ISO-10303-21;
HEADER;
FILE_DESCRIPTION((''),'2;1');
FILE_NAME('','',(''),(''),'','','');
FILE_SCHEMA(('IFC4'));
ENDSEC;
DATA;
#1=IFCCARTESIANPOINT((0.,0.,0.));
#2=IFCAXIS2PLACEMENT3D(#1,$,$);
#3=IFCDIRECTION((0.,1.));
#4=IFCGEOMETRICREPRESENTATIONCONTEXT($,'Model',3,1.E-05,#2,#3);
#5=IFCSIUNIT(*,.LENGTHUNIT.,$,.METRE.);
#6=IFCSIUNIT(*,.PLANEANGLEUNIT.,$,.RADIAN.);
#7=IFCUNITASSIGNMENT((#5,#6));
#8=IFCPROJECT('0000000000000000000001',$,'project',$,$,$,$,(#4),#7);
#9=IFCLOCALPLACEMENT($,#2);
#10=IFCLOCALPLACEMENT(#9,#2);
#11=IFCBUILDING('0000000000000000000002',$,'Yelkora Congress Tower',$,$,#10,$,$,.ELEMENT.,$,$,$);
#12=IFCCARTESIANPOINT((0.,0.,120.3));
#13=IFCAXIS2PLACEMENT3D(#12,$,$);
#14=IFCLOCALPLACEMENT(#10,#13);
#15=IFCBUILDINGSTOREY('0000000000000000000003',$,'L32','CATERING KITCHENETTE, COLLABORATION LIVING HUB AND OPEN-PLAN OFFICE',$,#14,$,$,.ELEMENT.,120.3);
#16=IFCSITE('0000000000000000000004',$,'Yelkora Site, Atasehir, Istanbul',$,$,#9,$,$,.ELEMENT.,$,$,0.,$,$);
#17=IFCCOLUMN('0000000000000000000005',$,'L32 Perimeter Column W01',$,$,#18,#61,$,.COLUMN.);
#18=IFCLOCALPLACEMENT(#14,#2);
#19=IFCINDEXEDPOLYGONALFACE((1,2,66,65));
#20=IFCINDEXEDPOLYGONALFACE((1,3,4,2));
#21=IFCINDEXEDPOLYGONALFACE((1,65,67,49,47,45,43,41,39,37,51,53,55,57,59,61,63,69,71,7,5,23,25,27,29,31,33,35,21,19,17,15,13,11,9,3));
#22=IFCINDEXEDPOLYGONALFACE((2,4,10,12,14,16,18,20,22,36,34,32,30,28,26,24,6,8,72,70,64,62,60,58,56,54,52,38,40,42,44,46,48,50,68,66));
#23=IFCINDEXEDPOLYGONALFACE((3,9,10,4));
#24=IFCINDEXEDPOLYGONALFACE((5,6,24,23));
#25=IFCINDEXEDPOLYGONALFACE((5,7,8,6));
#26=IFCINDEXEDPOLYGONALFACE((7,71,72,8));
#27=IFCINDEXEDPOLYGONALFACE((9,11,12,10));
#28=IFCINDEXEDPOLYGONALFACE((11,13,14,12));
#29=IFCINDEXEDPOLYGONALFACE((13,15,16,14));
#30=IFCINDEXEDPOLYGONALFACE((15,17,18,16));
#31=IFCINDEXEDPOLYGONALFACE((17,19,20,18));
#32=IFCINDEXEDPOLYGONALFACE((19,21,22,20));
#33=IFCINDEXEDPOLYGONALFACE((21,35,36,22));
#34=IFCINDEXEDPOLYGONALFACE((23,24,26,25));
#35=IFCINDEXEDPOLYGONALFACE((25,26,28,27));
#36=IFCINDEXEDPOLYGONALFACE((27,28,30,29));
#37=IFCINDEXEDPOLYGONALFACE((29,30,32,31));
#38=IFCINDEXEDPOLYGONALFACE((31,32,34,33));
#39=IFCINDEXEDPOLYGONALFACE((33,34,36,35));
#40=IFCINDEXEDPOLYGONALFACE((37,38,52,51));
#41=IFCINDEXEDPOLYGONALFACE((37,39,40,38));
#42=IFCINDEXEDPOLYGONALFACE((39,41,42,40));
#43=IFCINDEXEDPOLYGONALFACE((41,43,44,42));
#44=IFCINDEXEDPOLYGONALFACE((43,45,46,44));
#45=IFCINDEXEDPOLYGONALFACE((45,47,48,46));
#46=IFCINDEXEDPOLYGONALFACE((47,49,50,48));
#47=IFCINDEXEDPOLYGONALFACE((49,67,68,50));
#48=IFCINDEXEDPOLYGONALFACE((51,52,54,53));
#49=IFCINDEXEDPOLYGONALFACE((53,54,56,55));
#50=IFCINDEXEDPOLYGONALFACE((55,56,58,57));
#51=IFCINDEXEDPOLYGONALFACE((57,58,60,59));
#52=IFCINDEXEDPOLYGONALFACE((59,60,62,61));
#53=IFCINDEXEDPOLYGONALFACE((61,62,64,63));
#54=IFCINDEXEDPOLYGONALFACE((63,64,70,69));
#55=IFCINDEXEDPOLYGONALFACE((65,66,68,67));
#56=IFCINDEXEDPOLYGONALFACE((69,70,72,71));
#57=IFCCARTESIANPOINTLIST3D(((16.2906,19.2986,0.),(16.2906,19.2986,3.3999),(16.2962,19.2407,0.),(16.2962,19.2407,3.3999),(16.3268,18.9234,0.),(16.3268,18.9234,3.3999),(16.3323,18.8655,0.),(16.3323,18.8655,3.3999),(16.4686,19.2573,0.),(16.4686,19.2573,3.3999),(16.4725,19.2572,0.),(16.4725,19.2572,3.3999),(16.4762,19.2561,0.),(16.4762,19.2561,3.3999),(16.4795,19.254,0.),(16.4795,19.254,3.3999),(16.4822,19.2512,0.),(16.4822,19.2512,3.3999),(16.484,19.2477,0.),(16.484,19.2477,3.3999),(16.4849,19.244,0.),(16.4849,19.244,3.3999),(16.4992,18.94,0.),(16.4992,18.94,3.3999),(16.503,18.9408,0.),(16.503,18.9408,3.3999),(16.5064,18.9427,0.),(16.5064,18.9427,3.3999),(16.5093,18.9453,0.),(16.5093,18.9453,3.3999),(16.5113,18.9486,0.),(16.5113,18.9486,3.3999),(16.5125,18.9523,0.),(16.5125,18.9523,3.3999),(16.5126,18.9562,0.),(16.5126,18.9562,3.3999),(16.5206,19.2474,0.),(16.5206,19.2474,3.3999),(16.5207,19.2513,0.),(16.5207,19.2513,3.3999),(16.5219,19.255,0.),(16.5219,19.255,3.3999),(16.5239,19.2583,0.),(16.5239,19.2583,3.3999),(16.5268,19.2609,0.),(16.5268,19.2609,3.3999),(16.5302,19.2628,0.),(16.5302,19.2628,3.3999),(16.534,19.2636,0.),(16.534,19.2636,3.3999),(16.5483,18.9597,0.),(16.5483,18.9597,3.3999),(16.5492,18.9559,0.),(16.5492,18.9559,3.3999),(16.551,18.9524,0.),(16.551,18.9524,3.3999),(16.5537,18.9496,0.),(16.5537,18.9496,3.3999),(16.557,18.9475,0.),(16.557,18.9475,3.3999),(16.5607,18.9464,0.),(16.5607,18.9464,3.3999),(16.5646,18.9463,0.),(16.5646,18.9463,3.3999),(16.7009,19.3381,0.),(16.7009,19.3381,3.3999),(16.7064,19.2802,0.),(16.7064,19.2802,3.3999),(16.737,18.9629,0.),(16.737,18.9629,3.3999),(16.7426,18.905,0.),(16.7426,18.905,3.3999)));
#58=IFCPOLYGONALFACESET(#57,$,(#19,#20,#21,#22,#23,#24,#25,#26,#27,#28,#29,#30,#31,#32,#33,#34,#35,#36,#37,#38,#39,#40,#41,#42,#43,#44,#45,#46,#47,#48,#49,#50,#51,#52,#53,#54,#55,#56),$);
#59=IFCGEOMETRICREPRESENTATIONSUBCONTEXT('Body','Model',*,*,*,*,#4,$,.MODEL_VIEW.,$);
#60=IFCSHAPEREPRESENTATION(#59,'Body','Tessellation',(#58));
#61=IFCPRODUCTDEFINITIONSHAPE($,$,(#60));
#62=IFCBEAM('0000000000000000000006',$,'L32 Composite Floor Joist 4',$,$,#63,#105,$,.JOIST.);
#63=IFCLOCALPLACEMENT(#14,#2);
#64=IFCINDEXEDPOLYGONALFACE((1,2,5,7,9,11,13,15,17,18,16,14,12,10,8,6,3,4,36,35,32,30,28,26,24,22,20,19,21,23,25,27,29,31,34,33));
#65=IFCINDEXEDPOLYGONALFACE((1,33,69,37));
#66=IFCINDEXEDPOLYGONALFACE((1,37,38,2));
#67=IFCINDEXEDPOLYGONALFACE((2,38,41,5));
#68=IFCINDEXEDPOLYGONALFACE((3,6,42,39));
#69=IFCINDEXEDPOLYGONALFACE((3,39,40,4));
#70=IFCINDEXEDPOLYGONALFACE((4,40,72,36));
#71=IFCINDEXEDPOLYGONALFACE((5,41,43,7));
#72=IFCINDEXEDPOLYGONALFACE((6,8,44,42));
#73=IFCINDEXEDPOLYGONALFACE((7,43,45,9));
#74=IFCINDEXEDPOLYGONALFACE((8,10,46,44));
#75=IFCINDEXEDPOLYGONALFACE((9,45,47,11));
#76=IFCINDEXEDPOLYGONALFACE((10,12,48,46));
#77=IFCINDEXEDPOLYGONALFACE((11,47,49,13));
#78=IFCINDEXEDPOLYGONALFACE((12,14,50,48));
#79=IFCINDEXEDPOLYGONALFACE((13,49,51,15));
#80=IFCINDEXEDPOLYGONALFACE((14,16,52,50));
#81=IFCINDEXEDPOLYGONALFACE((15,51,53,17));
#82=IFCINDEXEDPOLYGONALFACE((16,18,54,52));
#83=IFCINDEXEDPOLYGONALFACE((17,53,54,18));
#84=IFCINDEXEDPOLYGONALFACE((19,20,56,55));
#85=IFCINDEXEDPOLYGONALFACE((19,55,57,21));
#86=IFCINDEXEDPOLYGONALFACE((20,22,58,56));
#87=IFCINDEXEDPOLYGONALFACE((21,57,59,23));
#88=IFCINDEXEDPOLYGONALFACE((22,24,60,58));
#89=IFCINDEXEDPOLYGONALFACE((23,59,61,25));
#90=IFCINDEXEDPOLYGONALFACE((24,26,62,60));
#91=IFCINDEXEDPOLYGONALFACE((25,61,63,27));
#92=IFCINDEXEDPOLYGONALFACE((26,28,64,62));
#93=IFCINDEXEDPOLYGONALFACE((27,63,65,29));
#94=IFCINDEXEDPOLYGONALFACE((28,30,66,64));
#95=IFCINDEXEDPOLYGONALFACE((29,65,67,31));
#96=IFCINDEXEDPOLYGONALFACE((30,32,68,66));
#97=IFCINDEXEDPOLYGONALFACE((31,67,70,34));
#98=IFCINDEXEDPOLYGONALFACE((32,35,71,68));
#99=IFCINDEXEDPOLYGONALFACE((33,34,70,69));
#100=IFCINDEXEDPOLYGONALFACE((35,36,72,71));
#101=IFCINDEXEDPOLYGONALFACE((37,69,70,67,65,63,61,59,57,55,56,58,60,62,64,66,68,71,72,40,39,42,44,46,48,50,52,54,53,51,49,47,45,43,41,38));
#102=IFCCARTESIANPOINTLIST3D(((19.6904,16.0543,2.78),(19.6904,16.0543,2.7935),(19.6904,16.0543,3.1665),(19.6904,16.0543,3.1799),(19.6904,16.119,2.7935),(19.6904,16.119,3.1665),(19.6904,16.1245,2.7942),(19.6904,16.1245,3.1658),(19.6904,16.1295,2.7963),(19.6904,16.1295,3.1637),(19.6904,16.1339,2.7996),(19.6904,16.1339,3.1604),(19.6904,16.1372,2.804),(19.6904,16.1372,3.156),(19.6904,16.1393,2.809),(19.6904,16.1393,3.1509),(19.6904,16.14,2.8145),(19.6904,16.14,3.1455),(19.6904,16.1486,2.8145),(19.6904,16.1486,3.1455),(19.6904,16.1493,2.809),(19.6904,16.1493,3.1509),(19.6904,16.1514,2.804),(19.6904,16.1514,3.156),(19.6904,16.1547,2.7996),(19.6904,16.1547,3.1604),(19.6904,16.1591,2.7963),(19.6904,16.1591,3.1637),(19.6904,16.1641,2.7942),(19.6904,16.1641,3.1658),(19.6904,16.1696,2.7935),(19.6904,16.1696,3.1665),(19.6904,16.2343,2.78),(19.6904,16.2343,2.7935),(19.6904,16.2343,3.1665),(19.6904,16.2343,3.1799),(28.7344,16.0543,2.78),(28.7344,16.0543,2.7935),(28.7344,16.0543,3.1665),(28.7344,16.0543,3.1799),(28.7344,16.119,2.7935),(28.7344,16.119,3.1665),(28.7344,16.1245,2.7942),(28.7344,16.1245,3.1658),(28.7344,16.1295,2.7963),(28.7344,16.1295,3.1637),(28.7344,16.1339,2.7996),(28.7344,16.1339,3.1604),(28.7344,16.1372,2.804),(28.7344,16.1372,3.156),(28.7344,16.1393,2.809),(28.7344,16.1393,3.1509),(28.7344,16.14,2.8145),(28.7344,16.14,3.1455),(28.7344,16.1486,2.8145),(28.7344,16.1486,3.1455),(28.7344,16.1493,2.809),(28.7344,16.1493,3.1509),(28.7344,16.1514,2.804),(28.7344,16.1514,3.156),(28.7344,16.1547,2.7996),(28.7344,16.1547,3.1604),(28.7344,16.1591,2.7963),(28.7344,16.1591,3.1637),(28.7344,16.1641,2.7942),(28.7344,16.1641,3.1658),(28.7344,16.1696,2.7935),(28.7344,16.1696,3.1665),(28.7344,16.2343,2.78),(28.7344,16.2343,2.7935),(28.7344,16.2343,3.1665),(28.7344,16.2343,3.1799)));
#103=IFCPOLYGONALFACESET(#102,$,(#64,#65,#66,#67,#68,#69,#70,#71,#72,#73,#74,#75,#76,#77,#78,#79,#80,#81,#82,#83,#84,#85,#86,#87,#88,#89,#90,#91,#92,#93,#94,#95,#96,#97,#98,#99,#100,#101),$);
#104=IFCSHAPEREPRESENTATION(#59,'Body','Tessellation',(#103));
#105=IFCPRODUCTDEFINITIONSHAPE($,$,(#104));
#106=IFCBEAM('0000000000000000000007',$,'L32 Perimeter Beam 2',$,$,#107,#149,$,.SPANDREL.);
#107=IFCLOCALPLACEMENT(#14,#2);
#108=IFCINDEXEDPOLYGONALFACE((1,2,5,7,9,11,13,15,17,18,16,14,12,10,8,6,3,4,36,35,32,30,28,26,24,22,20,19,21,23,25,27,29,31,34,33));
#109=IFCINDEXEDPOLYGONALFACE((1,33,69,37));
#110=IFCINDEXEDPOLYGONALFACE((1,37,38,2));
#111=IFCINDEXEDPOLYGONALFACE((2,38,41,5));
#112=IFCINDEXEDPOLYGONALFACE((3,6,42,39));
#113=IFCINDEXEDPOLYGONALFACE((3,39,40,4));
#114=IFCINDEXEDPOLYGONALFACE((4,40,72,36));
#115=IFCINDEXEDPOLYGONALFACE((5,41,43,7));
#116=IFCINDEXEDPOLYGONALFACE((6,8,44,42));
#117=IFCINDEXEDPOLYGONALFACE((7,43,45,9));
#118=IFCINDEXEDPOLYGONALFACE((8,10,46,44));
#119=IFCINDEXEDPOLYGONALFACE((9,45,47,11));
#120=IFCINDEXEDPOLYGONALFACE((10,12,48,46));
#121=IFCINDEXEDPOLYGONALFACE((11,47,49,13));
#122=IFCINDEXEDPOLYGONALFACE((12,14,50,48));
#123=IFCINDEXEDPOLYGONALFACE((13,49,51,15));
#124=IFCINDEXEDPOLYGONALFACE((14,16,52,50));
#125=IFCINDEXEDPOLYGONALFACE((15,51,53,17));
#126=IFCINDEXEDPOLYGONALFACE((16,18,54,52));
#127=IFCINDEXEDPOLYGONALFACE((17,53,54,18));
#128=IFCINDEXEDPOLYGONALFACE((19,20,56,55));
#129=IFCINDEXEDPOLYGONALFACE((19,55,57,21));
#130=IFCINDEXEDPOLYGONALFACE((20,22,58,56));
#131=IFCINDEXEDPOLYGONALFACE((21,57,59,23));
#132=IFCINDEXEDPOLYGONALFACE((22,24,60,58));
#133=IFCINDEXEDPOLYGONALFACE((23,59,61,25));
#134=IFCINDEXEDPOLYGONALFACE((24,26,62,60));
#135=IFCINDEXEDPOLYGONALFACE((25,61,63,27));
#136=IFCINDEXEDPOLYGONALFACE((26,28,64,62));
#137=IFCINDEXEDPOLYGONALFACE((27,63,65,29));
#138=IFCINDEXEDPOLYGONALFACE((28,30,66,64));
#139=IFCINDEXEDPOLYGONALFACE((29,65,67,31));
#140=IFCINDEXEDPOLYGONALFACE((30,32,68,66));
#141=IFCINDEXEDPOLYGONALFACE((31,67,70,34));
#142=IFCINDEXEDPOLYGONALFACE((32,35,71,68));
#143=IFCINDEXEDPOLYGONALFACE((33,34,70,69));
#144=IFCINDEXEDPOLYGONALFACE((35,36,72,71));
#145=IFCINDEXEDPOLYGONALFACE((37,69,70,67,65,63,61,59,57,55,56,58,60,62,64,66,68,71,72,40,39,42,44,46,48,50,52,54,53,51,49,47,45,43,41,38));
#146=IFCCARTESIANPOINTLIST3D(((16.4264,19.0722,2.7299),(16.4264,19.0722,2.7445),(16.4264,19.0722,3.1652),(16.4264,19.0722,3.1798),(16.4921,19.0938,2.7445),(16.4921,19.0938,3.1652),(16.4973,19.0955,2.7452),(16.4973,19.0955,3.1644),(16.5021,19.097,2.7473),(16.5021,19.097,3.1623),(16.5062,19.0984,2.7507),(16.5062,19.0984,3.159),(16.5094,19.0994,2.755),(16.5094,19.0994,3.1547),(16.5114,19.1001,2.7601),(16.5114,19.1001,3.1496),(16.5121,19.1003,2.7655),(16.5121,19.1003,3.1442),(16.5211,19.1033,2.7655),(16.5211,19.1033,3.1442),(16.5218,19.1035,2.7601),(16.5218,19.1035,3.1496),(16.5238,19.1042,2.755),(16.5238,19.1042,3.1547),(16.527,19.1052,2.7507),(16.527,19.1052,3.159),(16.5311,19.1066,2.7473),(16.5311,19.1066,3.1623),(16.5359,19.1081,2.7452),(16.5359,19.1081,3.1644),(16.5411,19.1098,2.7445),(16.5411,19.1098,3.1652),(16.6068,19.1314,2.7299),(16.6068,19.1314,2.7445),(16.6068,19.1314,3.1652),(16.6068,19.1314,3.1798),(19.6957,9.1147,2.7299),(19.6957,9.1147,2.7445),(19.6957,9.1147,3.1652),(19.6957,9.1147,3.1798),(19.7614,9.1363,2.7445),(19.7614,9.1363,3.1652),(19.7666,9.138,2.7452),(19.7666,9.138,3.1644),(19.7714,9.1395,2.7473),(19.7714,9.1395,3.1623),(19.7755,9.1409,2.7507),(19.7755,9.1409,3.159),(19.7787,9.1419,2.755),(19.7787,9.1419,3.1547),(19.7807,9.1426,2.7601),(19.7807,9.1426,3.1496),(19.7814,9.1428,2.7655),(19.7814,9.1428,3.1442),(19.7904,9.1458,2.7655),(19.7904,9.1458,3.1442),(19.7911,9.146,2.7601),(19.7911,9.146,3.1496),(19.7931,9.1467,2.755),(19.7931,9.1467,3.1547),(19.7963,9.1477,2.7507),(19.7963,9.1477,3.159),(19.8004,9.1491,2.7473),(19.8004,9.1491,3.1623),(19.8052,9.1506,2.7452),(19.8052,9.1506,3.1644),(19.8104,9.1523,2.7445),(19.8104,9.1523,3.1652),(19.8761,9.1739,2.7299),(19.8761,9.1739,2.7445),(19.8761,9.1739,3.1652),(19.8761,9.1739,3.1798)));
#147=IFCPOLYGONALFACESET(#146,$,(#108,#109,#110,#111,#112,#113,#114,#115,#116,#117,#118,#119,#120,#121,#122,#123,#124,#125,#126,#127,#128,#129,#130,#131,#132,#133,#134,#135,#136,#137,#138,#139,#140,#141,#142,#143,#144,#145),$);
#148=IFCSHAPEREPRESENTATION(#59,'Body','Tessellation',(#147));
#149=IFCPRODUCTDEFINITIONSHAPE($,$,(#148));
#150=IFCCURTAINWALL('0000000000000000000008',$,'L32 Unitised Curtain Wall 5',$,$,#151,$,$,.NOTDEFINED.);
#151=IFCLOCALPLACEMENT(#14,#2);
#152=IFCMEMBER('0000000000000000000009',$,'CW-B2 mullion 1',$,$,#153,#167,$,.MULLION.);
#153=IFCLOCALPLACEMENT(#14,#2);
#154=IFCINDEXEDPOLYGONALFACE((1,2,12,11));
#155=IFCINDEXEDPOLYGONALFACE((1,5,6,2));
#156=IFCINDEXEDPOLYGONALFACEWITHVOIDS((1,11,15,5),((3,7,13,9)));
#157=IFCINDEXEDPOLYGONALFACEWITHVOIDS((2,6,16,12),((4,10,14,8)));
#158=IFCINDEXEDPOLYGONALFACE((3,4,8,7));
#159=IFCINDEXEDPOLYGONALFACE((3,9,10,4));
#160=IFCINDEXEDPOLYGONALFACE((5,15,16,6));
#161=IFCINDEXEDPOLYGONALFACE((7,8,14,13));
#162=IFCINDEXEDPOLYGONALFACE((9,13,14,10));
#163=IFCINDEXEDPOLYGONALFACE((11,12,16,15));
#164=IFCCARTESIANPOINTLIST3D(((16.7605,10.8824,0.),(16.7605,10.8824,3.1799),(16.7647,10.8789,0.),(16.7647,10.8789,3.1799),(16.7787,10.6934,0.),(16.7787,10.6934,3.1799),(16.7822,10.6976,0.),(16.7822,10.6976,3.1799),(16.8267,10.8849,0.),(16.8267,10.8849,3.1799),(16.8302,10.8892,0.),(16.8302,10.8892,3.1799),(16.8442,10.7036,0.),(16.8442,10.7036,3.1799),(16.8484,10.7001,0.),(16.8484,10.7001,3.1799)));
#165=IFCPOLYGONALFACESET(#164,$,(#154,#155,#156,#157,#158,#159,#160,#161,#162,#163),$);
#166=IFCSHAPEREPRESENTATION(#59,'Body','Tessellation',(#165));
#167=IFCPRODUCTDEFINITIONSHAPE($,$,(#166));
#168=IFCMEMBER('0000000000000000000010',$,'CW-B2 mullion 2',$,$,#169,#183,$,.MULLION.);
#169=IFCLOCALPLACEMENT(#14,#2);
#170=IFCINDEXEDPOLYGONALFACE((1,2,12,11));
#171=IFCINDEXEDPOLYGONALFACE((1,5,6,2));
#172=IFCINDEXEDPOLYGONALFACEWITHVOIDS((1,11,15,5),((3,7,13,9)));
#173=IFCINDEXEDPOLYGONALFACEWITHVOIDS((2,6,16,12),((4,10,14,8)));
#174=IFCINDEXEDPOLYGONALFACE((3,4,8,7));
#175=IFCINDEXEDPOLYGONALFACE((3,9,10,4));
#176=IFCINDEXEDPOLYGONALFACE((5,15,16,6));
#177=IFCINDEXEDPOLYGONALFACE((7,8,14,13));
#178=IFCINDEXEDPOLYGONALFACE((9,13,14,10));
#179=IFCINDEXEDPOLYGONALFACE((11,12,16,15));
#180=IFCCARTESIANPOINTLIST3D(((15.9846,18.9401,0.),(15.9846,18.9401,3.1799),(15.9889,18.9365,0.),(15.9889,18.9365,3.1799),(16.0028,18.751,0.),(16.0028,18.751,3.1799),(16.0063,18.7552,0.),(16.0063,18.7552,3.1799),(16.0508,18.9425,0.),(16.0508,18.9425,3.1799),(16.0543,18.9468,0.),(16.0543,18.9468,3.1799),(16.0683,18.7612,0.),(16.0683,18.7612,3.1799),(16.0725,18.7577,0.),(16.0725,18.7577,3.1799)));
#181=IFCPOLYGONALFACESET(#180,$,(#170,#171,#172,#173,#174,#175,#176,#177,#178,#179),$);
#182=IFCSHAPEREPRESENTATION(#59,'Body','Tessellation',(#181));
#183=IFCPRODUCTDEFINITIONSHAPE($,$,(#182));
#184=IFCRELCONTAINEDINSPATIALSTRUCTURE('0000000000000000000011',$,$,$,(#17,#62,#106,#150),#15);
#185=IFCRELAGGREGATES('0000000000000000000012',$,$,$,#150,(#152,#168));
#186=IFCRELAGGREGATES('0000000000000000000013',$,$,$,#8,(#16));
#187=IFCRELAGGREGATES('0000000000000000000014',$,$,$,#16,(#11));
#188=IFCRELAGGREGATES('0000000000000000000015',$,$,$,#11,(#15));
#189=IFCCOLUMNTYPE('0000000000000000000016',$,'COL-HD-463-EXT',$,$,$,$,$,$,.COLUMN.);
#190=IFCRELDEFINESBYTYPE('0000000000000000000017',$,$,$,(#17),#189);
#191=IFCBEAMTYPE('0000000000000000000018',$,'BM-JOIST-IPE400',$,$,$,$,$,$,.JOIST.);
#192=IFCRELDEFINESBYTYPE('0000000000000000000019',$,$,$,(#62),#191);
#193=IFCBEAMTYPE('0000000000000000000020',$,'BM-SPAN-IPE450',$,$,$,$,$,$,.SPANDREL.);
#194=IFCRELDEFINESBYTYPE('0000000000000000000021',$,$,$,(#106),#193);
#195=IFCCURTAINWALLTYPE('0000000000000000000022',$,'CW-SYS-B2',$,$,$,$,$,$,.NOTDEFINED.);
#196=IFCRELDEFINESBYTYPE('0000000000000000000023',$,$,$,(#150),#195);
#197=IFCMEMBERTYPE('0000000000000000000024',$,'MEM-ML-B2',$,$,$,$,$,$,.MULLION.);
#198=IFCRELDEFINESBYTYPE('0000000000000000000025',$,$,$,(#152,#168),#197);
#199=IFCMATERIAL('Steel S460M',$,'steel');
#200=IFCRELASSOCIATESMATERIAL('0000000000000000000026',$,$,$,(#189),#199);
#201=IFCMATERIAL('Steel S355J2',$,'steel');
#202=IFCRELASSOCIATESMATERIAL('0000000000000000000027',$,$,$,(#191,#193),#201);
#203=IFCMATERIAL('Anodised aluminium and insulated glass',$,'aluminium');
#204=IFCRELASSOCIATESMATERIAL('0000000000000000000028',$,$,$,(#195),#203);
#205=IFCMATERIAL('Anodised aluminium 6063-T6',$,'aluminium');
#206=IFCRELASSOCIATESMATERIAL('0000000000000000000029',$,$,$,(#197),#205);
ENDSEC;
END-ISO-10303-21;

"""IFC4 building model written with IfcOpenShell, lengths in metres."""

from ifc_helpers import new_model, si_unit, direction, frame, origin, origin_2d, place, context, subcontext, project, spatial, hollow_rectangle, i_section, extrude, material, material_profile, profile_set, type_object, element, aggregate, save


model = new_model("IFC4")

# Units and contexts
model_context = context("Model", 3, precision=1e-05, world=origin(), true_north=direction((0.0, 1.0)))
body_context = subcontext(model_context, "Body", "Model", "MODEL_VIEW")
ifc_project = project(units=[si_unit("LENGTHUNIT", "METRE"), si_unit("PLANEANGLEUNIT", "RADIAN")], contexts=[model_context])

# Site, building, storey
site_placement = place(None, origin())
site = spatial("IfcSite", under=ifc_project, at=site_placement, Name="Yelkora Site, Atasehir, Istanbul", CompositionType="ELEMENT", RefElevation=0.0)
building_placement = place(site_placement, origin())
building = spatial("IfcBuilding", under=site, at=building_placement, Name="Yelkora Congress Tower", CompositionType="ELEMENT")
storey_placement = place(building_placement, frame((0.0, 0.0, 120.3)))
storey = spatial("IfcBuildingStorey", under=building, at=storey_placement, Name="L32", Description="CATERING KITCHENETTE, COLLABORATION LIVING HUB AND OPEN-PLAN OFFICE", CompositionType="ELEMENT", Elevation=120.3)

# Column
ifc_material_1 = material(Name="Steel S460M", Category="steel")
ifc_material_profile_1 = material_profile(ifc_material_1, i_section(OverallWidth=0.4121, OverallDepth=0.4351, WebThickness=0.0359, FlangeThickness=0.0581, FilletRadius=0.0149, at=origin_2d()), Name="HD 400x463")
ifc_profile_set_1 = profile_set([ifc_material_profile_1], Name="Steel S460M")
column_type = type_object("IfcColumnType", Name="COL-HD-463-EXT", PredefinedType="COLUMN", material=ifc_profile_set_1)
column_placement = place(storey_placement, frame((16.5166, 19.1018, 0.0), z_axis=(0.0, 0.0, 1.0), x_axis=(0.995396, 0.095846, 0.0)))
element("IfcColumn", 1, at=column_placement, inside=storey, type_object=column_type, Name="L32 Perimeter Column W01", PredefinedType="COLUMN", context=body_context, shape_type="SweptSolid", body=[
    extrude(i_section(OverallWidth=0.4121, OverallDepth=0.4351, WebThickness=0.0359, FlangeThickness=0.0581, FilletRadius=0.0149, at=origin_2d()), origin(), (0.0, 0.0, 1.0), 3.3999),
])

# Beams
ifc_material_2 = material(Name="Steel S355J2", Category="steel")
ifc_material_profile_2 = material_profile(ifc_material_2, i_section(OverallWidth=0.1799, OverallDepth=0.3999, WebThickness=0.0085, FlangeThickness=0.0134, FilletRadius=0.021, at=origin_2d()), Name="IPE 400")
ifc_profile_set_2 = profile_set([ifc_material_profile_2], Name="Steel S355J2")
beam_type_1 = type_object("IfcBeamType", Name="BM-JOIST-IPE400", PredefinedType="JOIST", material=ifc_profile_set_2)
beam_1_placement = place(storey_placement, frame((19.6904, 16.1443, 2.98), z_axis=(1.0, 0.0, 0.0), x_axis=(0.0, 1.0, 0.0)))
element("IfcBeam", 2, at=beam_1_placement, inside=storey, type_object=beam_type_1, Name="L32 Composite Floor Joist 4", PredefinedType="JOIST", context=body_context, shape_type="SweptSolid", body=[
    extrude(i_section(OverallWidth=0.1799, OverallDepth=0.3999, WebThickness=0.0085, FlangeThickness=0.0134, FilletRadius=0.021, at=origin_2d()), origin(), (0.0, 0.0, 1.0), 9.0439),
])
ifc_material_profile_3 = material_profile(ifc_material_2, i_section(OverallWidth=0.1899, OverallDepth=0.45, WebThickness=0.0095, FlangeThickness=0.0146, FilletRadius=0.021, at=origin_2d()), Name="IPE 450")
ifc_profile_set_3 = profile_set([ifc_material_profile_3], Name="Steel S355J2")
beam_type_2 = type_object("IfcBeamType", Name="BM-SPAN-IPE450", PredefinedType="SPANDREL", material=ifc_profile_set_3)
beam_2_placement = place(storey_placement, frame((16.5166, 19.1018, 2.9548), z_axis=(0.311941, -0.950102, 0.0), x_axis=(0.950102, 0.311941, 0.0)))
element("IfcBeam", 3, at=beam_2_placement, inside=storey, type_object=beam_type_2, Name="L32 Perimeter Beam 2", PredefinedType="SPANDREL", context=body_context, shape_type="SweptSolid", body=[
    extrude(i_section(OverallWidth=0.1899, OverallDepth=0.45, WebThickness=0.0095, FlangeThickness=0.0146, FilletRadius=0.021, at=origin_2d()), origin(), (0.0, 0.0, 1.0), 10.4805),
])

# Curtain wall, members
ifc_material_3 = material(Name="Anodised aluminium and insulated glass", Category="aluminium")
curtain_wall_type = type_object("IfcCurtainWallType", Name="CW-SYS-B2", PredefinedType="NOTDEFINED", material=ifc_material_3)
curtain_wall_1_placement = place(storey_placement, origin())
curtain_wall_1 = element("IfcCurtainWall", 4, at=curtain_wall_1_placement, inside=storey, type_object=curtain_wall_type, Name="L32 Unitised Curtain Wall 5", PredefinedType="NOTDEFINED")
ifc_material_4 = material(Name="Anodised aluminium 6063-T6", Category="aluminium")
ifc_material_profile_4 = material_profile(ifc_material_4, hollow_rectangle(XDim=0.0701, YDim=0.1899, WallThickness=0.0039, at=origin_2d()), Name="ALU 70x190x4")
ifc_profile_set_4 = profile_set([ifc_material_profile_4], Name="Anodised aluminium 6063-T6")
member_type_1 = type_object("IfcMemberType", Name="MEM-ML-B2", PredefinedType="MULLION", material=ifc_profile_set_4)
member_1_placement = place(storey_placement, frame((16.8044, 10.7913, 0.0), z_axis=(0.0, 0.0, 1.0), x_axis=(-0.995397, -0.095843, 0.0)))
member_1 = element("IfcMember", 5, at=member_1_placement, type_object=member_type_1, Name="CW-B2 mullion 1", PredefinedType="MULLION", context=body_context, shape_type="SweptSolid", body=[
    extrude(hollow_rectangle(XDim=0.0701, YDim=0.1899, WallThickness=0.0039, at=origin_2d()), origin(), (0.0, 0.0, 1.0), 3.1799),
])
member_2_placement = place(storey_placement, frame((16.0286, 18.8489, 0.0), z_axis=(0.0, 0.0, 1.0), x_axis=(-0.995397, -0.095843, 0.0)))
member_2 = element("IfcMember", 6, at=member_2_placement, type_object=member_type_1, Name="CW-B2 mullion 2", PredefinedType="MULLION", context=body_context, shape_type="SweptSolid", body=[
    extrude(hollow_rectangle(XDim=0.0701, YDim=0.1899, WallThickness=0.0039, at=origin_2d()), origin(), (0.0, 0.0, 1.0), 3.1799),
])

aggregate(curtain_wall_1, [member_1, member_2])

save(model, "model.ifc")
